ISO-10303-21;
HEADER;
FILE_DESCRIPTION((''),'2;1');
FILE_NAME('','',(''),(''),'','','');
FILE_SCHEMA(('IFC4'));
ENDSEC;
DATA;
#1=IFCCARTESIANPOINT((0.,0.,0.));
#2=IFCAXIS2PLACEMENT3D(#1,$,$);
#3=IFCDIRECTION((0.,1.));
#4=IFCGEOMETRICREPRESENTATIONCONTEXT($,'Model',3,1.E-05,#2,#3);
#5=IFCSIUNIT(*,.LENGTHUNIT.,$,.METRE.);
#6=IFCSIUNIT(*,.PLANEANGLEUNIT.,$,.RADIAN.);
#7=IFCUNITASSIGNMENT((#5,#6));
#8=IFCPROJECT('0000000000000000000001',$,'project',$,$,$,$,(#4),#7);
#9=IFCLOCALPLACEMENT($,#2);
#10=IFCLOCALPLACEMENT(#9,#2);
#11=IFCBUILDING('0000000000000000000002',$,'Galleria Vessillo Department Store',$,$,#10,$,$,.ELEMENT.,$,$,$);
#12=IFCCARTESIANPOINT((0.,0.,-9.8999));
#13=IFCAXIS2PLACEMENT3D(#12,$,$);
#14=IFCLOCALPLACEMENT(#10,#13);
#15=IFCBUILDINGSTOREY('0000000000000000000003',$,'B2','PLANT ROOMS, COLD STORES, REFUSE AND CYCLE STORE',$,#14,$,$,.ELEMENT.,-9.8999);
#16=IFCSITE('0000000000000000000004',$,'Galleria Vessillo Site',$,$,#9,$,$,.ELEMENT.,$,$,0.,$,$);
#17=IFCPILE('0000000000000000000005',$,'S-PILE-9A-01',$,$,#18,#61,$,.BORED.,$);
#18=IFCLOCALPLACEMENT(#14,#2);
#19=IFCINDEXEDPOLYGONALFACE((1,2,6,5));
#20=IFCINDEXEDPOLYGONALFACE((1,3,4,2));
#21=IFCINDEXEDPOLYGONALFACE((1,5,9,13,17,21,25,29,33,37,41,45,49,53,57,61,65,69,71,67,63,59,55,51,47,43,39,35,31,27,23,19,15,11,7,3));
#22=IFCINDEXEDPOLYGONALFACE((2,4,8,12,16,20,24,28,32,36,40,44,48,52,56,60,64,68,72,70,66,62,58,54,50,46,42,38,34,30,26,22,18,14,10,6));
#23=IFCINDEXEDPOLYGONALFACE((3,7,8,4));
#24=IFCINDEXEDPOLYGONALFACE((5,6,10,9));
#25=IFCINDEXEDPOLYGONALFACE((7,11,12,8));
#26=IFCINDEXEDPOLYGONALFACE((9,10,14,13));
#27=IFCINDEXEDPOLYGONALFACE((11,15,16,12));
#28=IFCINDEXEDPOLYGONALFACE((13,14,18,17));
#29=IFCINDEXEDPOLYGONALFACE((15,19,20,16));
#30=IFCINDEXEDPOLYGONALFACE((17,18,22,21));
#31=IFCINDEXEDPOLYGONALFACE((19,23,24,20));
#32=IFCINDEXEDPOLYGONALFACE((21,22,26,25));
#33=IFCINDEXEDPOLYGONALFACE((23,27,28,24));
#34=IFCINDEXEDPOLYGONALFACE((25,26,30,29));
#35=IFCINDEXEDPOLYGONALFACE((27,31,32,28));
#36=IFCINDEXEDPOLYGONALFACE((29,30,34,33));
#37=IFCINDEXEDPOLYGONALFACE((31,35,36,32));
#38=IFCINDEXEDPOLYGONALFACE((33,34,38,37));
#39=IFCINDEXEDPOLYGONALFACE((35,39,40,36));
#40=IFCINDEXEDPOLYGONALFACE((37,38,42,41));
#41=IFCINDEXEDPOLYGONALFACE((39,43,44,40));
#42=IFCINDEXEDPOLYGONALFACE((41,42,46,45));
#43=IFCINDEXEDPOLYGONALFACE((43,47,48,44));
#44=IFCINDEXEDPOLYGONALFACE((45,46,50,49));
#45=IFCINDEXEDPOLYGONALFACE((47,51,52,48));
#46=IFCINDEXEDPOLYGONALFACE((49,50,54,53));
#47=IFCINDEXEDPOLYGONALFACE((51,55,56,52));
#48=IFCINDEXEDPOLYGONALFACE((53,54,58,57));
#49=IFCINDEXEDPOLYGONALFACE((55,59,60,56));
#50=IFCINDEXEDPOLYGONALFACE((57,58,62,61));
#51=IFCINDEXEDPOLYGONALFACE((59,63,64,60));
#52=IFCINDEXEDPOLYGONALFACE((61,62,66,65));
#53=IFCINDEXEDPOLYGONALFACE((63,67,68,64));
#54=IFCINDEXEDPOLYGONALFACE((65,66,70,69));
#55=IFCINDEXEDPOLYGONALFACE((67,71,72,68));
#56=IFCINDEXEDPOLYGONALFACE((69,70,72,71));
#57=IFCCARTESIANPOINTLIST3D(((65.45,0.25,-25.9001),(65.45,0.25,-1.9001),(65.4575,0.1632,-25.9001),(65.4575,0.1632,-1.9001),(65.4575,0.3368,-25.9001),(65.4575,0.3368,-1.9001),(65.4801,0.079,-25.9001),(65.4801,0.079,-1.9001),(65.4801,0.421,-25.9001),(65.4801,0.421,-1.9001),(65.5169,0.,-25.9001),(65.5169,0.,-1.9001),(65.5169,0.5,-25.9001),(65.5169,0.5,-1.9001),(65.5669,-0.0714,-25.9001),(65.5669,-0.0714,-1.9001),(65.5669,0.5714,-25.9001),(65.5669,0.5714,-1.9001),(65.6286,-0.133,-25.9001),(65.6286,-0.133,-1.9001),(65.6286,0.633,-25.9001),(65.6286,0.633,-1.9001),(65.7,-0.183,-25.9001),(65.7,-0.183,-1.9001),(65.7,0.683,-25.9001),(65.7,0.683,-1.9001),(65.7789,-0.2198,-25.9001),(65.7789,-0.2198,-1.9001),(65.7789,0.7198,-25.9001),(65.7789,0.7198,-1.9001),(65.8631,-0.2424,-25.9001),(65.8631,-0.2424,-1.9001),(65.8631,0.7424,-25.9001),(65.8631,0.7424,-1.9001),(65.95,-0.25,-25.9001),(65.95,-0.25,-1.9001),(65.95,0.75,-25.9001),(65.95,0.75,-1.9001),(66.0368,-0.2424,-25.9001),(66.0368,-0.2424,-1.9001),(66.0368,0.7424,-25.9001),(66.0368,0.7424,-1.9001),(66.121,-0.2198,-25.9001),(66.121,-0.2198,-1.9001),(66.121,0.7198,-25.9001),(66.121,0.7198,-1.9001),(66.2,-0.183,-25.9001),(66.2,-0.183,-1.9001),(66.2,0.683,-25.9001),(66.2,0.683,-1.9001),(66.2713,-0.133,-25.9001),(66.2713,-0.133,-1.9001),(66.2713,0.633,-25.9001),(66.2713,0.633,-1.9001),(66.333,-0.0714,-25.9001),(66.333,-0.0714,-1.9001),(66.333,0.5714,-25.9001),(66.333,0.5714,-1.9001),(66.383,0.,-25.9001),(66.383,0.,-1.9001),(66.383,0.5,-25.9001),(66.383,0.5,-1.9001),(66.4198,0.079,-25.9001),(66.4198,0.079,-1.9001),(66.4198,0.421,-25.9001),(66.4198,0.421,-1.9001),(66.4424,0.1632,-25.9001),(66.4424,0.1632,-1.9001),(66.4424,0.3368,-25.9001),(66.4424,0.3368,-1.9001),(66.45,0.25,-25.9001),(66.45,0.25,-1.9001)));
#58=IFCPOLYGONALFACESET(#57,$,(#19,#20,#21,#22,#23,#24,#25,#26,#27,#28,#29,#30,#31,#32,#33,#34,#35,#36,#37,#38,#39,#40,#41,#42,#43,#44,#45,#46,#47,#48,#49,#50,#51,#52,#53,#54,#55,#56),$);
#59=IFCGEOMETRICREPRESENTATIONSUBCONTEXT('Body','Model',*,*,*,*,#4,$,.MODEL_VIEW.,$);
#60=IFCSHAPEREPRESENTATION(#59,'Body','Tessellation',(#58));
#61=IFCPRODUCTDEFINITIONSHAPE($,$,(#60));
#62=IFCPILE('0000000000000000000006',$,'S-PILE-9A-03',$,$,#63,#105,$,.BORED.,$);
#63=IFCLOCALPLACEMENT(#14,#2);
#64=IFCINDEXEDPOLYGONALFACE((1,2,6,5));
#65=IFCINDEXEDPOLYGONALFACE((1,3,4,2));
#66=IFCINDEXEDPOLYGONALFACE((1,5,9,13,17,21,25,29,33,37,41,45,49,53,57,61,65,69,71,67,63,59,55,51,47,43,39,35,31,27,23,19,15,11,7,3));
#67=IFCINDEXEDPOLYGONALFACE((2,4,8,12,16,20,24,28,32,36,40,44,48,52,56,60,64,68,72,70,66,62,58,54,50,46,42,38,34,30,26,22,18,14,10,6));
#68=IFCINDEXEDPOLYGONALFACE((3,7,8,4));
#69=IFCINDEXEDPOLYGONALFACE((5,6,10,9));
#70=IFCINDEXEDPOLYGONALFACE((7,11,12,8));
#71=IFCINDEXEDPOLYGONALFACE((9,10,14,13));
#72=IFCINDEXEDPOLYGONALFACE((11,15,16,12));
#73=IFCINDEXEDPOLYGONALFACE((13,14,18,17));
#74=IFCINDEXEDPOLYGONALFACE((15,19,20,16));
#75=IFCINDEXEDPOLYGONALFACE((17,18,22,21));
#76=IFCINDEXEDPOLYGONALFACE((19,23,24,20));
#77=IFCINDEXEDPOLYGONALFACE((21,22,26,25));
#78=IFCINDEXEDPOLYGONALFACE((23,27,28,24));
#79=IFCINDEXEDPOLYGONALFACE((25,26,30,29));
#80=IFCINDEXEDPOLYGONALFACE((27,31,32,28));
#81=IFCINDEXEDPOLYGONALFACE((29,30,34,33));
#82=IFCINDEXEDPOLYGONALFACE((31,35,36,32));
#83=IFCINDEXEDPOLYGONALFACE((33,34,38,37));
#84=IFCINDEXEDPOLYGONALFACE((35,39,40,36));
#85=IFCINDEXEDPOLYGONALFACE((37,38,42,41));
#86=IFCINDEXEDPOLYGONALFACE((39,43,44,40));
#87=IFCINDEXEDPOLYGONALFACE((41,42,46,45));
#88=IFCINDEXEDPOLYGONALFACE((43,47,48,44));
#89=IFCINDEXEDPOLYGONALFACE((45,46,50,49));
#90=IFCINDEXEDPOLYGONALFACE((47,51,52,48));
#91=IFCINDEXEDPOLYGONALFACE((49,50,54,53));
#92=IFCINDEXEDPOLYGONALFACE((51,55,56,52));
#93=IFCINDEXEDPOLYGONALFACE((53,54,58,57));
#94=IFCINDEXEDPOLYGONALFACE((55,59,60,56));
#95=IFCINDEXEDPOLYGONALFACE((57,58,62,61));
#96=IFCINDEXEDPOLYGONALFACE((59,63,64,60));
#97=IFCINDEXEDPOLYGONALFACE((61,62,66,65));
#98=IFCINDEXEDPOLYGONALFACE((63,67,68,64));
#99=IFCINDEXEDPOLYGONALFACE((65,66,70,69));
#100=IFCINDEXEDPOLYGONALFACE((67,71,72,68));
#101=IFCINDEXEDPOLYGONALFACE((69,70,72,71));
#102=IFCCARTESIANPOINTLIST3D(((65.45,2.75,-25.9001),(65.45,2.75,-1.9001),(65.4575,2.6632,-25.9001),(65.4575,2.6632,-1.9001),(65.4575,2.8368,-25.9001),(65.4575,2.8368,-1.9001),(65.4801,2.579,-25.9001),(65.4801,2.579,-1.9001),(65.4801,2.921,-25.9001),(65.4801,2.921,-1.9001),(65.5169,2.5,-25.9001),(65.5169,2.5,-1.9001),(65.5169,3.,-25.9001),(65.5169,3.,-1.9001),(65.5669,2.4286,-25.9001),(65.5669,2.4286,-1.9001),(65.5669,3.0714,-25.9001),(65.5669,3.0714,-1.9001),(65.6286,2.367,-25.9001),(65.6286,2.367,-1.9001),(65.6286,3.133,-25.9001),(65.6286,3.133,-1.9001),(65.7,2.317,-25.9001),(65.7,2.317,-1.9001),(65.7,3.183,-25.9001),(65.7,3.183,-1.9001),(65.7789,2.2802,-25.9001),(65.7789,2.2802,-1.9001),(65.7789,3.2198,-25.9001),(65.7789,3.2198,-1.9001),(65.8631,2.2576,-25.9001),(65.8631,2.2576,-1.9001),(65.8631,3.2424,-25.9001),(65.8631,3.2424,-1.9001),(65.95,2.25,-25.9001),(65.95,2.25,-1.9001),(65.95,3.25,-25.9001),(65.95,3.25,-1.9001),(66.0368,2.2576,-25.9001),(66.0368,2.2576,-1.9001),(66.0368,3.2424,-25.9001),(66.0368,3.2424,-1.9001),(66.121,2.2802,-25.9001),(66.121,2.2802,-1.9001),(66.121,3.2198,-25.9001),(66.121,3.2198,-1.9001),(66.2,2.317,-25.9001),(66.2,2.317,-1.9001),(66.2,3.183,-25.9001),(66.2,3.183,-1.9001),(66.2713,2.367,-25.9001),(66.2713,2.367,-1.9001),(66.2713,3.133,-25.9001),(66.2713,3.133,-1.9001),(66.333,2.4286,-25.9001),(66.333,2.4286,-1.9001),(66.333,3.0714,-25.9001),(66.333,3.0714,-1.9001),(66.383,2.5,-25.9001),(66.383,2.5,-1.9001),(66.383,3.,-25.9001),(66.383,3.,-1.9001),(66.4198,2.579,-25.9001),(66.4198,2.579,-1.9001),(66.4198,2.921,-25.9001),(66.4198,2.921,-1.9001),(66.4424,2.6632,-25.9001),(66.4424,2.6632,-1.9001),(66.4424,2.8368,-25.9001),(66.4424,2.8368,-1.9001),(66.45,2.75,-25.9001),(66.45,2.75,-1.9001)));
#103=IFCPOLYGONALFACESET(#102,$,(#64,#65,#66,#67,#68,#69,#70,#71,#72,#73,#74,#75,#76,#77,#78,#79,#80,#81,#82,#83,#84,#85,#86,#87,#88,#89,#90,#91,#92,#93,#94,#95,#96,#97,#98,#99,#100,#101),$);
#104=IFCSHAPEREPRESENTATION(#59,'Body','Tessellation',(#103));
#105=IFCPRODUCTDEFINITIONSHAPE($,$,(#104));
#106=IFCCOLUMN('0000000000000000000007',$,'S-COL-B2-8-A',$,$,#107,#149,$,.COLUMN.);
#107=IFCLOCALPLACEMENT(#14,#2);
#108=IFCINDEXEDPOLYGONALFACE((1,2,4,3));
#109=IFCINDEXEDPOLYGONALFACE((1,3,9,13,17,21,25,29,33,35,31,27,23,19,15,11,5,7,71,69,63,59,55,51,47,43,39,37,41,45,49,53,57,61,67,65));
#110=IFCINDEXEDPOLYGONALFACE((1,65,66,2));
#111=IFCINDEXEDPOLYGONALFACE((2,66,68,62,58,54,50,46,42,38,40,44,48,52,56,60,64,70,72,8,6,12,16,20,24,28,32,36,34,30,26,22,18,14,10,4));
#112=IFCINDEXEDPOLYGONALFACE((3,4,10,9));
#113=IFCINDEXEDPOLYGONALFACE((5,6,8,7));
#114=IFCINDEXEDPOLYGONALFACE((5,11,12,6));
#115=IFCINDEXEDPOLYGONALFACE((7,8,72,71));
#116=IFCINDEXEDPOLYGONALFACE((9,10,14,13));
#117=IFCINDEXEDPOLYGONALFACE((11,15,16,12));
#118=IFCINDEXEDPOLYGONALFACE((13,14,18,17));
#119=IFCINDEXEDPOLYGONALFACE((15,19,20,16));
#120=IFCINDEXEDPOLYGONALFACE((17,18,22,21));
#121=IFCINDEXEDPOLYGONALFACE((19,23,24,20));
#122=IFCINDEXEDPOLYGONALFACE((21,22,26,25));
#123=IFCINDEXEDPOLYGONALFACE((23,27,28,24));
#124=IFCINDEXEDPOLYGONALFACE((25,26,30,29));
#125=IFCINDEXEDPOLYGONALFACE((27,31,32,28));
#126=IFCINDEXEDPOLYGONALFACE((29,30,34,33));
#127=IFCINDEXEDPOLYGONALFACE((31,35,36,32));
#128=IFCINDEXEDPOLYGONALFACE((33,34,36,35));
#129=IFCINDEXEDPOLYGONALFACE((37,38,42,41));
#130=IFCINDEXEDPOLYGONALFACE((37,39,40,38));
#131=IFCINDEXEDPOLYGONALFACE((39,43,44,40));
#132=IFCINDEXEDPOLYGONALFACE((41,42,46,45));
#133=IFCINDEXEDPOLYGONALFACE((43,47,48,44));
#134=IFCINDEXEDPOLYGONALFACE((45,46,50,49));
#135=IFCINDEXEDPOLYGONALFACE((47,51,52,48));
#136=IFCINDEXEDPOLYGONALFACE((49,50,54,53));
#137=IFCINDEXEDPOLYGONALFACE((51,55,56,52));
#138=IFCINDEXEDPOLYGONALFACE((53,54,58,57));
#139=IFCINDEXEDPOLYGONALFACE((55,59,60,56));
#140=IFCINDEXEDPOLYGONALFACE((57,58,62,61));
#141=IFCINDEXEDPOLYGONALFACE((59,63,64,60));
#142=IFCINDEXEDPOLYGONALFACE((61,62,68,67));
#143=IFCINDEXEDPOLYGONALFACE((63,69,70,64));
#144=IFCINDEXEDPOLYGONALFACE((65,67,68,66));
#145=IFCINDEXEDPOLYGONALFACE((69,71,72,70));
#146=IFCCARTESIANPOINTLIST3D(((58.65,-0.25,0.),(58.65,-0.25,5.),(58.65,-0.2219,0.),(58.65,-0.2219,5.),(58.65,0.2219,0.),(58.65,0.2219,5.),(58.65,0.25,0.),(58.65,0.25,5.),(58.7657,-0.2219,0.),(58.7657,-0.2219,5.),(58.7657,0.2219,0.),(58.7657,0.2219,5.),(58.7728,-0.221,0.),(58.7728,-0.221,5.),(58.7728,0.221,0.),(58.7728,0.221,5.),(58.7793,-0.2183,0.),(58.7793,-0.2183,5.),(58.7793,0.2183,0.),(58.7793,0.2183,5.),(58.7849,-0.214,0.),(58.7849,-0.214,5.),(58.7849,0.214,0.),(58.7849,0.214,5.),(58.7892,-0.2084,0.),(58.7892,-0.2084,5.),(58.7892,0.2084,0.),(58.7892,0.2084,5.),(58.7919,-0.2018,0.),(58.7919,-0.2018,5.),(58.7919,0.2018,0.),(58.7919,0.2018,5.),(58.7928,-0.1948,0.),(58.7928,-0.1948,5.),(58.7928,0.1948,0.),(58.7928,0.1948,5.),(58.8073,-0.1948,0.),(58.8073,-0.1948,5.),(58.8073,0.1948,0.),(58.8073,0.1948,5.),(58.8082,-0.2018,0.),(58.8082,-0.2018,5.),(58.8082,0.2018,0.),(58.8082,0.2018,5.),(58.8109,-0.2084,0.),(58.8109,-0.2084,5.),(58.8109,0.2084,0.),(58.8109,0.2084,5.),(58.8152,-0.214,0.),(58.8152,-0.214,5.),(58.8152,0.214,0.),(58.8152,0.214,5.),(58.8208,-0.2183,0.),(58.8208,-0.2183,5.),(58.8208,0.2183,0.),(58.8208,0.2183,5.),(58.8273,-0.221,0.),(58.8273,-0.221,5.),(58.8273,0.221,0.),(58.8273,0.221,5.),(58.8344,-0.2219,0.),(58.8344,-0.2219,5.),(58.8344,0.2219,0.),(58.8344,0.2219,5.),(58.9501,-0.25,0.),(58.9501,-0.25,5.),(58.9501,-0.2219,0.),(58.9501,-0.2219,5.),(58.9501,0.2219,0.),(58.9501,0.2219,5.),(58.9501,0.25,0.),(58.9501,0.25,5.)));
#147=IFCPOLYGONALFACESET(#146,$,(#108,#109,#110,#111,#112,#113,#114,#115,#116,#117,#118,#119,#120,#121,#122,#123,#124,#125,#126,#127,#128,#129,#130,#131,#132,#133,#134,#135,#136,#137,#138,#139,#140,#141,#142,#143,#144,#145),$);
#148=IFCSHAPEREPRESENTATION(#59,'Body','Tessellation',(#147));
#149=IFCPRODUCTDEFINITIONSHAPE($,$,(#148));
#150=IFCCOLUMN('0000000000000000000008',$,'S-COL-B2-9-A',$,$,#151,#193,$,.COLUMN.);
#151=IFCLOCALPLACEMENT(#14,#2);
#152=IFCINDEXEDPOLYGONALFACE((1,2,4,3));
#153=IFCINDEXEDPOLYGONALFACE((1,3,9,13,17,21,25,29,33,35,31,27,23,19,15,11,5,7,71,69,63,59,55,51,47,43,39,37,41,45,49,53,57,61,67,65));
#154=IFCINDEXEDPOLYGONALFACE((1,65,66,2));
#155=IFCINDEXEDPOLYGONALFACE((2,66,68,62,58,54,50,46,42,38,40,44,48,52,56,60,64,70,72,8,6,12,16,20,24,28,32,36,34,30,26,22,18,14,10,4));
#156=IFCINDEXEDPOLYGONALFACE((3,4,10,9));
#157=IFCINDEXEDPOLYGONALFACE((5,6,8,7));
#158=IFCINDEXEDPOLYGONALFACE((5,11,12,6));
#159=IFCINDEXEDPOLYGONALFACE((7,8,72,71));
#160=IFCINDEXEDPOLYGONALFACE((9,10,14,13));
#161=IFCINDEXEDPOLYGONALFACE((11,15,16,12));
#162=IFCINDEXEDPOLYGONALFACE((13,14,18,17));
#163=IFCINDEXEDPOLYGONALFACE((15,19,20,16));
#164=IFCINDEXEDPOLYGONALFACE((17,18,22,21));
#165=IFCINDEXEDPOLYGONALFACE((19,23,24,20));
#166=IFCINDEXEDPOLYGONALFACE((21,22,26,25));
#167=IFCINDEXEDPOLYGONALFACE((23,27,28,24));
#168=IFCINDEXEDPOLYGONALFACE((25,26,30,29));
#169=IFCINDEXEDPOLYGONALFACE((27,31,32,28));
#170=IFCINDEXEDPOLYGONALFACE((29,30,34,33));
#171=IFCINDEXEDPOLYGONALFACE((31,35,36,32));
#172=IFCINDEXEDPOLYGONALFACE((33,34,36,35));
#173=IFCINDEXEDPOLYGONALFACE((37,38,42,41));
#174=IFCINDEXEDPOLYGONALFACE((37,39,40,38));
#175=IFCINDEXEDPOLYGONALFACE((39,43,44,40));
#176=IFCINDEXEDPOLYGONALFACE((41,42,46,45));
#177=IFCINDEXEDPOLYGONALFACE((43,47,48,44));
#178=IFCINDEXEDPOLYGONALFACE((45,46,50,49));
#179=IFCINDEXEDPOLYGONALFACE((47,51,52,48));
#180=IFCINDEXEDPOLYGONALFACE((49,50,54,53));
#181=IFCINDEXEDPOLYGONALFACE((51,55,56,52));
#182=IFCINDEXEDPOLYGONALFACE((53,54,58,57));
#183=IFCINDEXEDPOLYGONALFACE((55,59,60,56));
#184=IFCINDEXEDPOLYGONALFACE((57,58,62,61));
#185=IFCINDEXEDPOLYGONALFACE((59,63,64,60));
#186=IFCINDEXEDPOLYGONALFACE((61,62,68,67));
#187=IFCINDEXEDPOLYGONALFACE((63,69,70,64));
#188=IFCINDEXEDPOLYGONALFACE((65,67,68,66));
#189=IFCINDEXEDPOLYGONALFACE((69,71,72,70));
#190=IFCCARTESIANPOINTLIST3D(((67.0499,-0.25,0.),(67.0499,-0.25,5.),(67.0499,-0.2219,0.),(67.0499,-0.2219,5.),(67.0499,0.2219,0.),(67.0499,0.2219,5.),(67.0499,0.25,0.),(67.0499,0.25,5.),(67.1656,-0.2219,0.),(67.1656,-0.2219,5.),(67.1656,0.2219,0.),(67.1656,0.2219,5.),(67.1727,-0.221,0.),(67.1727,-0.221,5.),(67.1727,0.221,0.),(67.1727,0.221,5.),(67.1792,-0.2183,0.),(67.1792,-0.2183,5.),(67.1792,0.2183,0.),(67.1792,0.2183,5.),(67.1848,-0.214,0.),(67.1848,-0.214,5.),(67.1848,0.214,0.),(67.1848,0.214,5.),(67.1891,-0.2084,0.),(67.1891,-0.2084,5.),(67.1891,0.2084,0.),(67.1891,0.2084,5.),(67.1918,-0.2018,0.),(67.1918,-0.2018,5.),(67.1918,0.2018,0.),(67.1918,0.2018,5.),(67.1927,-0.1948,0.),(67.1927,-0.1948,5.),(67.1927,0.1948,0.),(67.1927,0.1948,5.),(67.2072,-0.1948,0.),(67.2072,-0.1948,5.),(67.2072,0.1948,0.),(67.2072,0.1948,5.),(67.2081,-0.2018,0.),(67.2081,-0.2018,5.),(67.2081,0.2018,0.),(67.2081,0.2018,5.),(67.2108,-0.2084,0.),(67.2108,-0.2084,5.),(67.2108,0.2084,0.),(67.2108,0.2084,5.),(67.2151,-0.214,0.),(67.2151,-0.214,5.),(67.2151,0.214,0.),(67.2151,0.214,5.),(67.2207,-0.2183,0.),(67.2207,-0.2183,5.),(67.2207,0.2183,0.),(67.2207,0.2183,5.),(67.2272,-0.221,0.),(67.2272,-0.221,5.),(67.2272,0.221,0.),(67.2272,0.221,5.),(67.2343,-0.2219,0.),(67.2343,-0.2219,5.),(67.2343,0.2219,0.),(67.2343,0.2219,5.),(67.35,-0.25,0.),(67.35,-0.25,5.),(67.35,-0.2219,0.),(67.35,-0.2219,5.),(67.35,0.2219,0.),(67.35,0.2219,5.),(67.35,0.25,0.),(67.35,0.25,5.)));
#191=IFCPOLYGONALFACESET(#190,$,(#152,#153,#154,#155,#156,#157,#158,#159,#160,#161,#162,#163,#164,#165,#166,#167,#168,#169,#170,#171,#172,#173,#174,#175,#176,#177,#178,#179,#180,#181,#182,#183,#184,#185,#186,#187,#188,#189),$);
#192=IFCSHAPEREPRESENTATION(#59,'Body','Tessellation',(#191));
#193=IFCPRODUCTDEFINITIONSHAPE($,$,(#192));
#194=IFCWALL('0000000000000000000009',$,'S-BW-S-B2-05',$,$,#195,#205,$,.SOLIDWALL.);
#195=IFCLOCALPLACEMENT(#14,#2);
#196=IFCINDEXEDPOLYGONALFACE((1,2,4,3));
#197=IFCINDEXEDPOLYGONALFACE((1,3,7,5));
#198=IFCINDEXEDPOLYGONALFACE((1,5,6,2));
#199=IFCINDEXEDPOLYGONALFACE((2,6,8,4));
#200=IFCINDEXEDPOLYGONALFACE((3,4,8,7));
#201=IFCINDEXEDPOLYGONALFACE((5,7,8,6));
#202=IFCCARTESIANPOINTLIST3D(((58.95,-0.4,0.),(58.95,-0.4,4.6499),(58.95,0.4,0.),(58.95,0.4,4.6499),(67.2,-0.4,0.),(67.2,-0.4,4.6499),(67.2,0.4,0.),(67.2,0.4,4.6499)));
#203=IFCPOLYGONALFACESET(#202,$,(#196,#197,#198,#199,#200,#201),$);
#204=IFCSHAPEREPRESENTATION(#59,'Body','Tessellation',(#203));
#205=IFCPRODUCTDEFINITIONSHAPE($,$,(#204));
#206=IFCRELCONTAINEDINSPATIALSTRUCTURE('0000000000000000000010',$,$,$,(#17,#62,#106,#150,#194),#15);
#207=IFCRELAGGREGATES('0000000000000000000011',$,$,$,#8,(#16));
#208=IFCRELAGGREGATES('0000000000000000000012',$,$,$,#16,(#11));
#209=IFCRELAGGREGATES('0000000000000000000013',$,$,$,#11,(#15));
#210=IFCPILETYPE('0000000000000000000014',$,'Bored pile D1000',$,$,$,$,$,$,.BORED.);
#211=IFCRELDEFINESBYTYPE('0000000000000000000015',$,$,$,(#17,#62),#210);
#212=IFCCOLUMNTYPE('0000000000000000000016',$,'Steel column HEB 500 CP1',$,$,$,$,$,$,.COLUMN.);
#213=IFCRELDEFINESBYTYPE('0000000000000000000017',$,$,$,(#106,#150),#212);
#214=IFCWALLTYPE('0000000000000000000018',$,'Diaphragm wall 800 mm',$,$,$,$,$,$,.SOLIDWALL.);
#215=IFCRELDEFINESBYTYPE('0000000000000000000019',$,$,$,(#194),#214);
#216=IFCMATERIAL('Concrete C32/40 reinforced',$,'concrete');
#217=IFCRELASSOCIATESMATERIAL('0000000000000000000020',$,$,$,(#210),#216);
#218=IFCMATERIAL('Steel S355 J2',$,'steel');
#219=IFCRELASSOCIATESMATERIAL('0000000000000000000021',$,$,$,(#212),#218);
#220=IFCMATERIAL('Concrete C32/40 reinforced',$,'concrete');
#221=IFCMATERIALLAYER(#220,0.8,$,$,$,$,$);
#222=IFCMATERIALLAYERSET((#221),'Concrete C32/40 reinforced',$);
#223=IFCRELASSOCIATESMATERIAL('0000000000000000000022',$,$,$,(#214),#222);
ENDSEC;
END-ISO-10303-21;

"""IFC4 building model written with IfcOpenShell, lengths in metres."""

from ifc_helpers import new_model, si_unit, direction, frame, frame_2d, origin, origin_2d, place, context, subcontext, project, spatial, rectangle, circle, i_section, extrude, material, layer, layer_set, material_profile, profile_set, type_object, element, save


model = new_model("IFC4")

# Units and contexts
model_context = context("Model", 3, precision=1e-05, world=origin(), true_north=direction((0.0, 1.0)))
body_context = subcontext(model_context, "Body", "Model", "MODEL_VIEW")
ifc_project = project(units=[si_unit("LENGTHUNIT", "METRE"), si_unit("PLANEANGLEUNIT", "RADIAN")], contexts=[model_context])

# Site, building, storey
site_placement = place(None, origin())
site = spatial("IfcSite", under=ifc_project, at=site_placement, Name="Galleria Vessillo Site", CompositionType="ELEMENT", RefElevation=0.0)
building_placement = place(site_placement, origin())
building = spatial("IfcBuilding", under=site, at=building_placement, Name="Galleria Vessillo Department Store", CompositionType="ELEMENT")
storey_placement = place(building_placement, frame((0.0, 0.0, -9.8999)))
storey = spatial("IfcBuildingStorey", under=building, at=storey_placement, Name="B2", Description="PLANT ROOMS, COLD STORES, REFUSE AND CYCLE STORE", CompositionType="ELEMENT", Elevation=-9.8999)

# Piles
ifc_material_1 = material(Name="Concrete C32/40 reinforced", Category="concrete")
ifc_material_profile_1 = material_profile(ifc_material_1, circle(Radius=0.5, at=origin_2d()), Name="Bored pile D1000")
ifc_profile_set_1 = profile_set([ifc_material_profile_1], Name="Concrete C32/40 reinforced")
pile_type = type_object("IfcPileType", Name="Bored pile D1000", PredefinedType="BORED", material=ifc_profile_set_1)
for number, where, z_axis, x_axis, name in (
    (1, (65.95, 0.25, -1.9001), (0.0, 0.0, -1.0), (1.0, 0.0, 0.0), "S-PILE-9A-01"),
    (2, (65.95, 2.75, -1.9001), (0.0, 0.0, -1.0), (1.0, 0.0, 0.0), "S-PILE-9A-03"),
):
    element("IfcPile", number, at=place(storey_placement, frame(where, z_axis=z_axis, x_axis=x_axis)), inside=storey, type_object=pile_type, Name=name, PredefinedType="BORED", context=body_context, shape_type="SweptSolid", body=[
        extrude(circle(Radius=0.5, at=origin_2d()), origin(), (0.0, 0.0, 1.0), 24.0),
    ])

# Columns
ifc_material_2 = material(Name="Steel S355 J2", Category="steel")
ifc_material_profile_2 = material_profile(ifc_material_2, i_section(OverallWidth=0.3, OverallDepth=0.5, WebThickness=0.0144, FlangeThickness=0.0281, FilletRadius=0.0271, at=origin_2d()), Name="HEB 500")
ifc_profile_set_2 = profile_set([ifc_material_profile_2], Name="Steel S355 J2")
column_type = type_object("IfcColumnType", Name="Steel column HEB 500 CP1", PredefinedType="COLUMN", material=ifc_profile_set_2)
for number, where, z_axis, x_axis, name in (
    (3, (58.8, 0.0, 0.0), (0.0, 0.0, 1.0), (1.0, 0.0, 0.0), "S-COL-B2-8-A"),
    (4, (67.2, 0.0, 0.0), (0.0, 0.0, 1.0), (1.0, 0.0, 0.0), "S-COL-B2-9-A"),
):
    element("IfcColumn", number, at=place(storey_placement, frame(where, z_axis=z_axis, x_axis=x_axis)), inside=storey, type_object=column_type, Name=name, PredefinedType="COLUMN", context=body_context, shape_type="SweptSolid", body=[
        extrude(i_section(OverallWidth=0.3, OverallDepth=0.5, WebThickness=0.0144, FlangeThickness=0.0281, FilletRadius=0.0271, at=origin_2d()), origin(), (0.0, 0.0, 1.0), 5.0),
    ])

# Wall
ifc_material_3 = material(Name="Concrete C32/40 reinforced", Category="concrete")
ifc_layer_1 = layer(ifc_material_3, 0.8)
ifc_layer_set_1 = layer_set([ifc_layer_1], Name="Concrete C32/40 reinforced")
wall_type_1 = type_object("IfcWallType", Name="Diaphragm wall 800 mm", PredefinedType="SOLIDWALL", material=ifc_layer_set_1)
wall_1_placement = place(storey_placement, frame((58.95, 0.0, 0.0), z_axis=(0.0, 0.0, 1.0), x_axis=(1.0, 0.0, 0.0)))
element("IfcWall", 5, at=wall_1_placement, inside=storey, type_object=wall_type_1, Name="S-BW-S-B2-05", PredefinedType="SOLIDWALL", context=body_context, shape_type="SweptSolid", body=[
    extrude(rectangle(XDim=8.25, YDim=0.8, at=frame_2d((4.125, 0.0))), origin(), (0.0, 0.0, 1.0), 4.6499),
])

save(model, "model.ifc")
